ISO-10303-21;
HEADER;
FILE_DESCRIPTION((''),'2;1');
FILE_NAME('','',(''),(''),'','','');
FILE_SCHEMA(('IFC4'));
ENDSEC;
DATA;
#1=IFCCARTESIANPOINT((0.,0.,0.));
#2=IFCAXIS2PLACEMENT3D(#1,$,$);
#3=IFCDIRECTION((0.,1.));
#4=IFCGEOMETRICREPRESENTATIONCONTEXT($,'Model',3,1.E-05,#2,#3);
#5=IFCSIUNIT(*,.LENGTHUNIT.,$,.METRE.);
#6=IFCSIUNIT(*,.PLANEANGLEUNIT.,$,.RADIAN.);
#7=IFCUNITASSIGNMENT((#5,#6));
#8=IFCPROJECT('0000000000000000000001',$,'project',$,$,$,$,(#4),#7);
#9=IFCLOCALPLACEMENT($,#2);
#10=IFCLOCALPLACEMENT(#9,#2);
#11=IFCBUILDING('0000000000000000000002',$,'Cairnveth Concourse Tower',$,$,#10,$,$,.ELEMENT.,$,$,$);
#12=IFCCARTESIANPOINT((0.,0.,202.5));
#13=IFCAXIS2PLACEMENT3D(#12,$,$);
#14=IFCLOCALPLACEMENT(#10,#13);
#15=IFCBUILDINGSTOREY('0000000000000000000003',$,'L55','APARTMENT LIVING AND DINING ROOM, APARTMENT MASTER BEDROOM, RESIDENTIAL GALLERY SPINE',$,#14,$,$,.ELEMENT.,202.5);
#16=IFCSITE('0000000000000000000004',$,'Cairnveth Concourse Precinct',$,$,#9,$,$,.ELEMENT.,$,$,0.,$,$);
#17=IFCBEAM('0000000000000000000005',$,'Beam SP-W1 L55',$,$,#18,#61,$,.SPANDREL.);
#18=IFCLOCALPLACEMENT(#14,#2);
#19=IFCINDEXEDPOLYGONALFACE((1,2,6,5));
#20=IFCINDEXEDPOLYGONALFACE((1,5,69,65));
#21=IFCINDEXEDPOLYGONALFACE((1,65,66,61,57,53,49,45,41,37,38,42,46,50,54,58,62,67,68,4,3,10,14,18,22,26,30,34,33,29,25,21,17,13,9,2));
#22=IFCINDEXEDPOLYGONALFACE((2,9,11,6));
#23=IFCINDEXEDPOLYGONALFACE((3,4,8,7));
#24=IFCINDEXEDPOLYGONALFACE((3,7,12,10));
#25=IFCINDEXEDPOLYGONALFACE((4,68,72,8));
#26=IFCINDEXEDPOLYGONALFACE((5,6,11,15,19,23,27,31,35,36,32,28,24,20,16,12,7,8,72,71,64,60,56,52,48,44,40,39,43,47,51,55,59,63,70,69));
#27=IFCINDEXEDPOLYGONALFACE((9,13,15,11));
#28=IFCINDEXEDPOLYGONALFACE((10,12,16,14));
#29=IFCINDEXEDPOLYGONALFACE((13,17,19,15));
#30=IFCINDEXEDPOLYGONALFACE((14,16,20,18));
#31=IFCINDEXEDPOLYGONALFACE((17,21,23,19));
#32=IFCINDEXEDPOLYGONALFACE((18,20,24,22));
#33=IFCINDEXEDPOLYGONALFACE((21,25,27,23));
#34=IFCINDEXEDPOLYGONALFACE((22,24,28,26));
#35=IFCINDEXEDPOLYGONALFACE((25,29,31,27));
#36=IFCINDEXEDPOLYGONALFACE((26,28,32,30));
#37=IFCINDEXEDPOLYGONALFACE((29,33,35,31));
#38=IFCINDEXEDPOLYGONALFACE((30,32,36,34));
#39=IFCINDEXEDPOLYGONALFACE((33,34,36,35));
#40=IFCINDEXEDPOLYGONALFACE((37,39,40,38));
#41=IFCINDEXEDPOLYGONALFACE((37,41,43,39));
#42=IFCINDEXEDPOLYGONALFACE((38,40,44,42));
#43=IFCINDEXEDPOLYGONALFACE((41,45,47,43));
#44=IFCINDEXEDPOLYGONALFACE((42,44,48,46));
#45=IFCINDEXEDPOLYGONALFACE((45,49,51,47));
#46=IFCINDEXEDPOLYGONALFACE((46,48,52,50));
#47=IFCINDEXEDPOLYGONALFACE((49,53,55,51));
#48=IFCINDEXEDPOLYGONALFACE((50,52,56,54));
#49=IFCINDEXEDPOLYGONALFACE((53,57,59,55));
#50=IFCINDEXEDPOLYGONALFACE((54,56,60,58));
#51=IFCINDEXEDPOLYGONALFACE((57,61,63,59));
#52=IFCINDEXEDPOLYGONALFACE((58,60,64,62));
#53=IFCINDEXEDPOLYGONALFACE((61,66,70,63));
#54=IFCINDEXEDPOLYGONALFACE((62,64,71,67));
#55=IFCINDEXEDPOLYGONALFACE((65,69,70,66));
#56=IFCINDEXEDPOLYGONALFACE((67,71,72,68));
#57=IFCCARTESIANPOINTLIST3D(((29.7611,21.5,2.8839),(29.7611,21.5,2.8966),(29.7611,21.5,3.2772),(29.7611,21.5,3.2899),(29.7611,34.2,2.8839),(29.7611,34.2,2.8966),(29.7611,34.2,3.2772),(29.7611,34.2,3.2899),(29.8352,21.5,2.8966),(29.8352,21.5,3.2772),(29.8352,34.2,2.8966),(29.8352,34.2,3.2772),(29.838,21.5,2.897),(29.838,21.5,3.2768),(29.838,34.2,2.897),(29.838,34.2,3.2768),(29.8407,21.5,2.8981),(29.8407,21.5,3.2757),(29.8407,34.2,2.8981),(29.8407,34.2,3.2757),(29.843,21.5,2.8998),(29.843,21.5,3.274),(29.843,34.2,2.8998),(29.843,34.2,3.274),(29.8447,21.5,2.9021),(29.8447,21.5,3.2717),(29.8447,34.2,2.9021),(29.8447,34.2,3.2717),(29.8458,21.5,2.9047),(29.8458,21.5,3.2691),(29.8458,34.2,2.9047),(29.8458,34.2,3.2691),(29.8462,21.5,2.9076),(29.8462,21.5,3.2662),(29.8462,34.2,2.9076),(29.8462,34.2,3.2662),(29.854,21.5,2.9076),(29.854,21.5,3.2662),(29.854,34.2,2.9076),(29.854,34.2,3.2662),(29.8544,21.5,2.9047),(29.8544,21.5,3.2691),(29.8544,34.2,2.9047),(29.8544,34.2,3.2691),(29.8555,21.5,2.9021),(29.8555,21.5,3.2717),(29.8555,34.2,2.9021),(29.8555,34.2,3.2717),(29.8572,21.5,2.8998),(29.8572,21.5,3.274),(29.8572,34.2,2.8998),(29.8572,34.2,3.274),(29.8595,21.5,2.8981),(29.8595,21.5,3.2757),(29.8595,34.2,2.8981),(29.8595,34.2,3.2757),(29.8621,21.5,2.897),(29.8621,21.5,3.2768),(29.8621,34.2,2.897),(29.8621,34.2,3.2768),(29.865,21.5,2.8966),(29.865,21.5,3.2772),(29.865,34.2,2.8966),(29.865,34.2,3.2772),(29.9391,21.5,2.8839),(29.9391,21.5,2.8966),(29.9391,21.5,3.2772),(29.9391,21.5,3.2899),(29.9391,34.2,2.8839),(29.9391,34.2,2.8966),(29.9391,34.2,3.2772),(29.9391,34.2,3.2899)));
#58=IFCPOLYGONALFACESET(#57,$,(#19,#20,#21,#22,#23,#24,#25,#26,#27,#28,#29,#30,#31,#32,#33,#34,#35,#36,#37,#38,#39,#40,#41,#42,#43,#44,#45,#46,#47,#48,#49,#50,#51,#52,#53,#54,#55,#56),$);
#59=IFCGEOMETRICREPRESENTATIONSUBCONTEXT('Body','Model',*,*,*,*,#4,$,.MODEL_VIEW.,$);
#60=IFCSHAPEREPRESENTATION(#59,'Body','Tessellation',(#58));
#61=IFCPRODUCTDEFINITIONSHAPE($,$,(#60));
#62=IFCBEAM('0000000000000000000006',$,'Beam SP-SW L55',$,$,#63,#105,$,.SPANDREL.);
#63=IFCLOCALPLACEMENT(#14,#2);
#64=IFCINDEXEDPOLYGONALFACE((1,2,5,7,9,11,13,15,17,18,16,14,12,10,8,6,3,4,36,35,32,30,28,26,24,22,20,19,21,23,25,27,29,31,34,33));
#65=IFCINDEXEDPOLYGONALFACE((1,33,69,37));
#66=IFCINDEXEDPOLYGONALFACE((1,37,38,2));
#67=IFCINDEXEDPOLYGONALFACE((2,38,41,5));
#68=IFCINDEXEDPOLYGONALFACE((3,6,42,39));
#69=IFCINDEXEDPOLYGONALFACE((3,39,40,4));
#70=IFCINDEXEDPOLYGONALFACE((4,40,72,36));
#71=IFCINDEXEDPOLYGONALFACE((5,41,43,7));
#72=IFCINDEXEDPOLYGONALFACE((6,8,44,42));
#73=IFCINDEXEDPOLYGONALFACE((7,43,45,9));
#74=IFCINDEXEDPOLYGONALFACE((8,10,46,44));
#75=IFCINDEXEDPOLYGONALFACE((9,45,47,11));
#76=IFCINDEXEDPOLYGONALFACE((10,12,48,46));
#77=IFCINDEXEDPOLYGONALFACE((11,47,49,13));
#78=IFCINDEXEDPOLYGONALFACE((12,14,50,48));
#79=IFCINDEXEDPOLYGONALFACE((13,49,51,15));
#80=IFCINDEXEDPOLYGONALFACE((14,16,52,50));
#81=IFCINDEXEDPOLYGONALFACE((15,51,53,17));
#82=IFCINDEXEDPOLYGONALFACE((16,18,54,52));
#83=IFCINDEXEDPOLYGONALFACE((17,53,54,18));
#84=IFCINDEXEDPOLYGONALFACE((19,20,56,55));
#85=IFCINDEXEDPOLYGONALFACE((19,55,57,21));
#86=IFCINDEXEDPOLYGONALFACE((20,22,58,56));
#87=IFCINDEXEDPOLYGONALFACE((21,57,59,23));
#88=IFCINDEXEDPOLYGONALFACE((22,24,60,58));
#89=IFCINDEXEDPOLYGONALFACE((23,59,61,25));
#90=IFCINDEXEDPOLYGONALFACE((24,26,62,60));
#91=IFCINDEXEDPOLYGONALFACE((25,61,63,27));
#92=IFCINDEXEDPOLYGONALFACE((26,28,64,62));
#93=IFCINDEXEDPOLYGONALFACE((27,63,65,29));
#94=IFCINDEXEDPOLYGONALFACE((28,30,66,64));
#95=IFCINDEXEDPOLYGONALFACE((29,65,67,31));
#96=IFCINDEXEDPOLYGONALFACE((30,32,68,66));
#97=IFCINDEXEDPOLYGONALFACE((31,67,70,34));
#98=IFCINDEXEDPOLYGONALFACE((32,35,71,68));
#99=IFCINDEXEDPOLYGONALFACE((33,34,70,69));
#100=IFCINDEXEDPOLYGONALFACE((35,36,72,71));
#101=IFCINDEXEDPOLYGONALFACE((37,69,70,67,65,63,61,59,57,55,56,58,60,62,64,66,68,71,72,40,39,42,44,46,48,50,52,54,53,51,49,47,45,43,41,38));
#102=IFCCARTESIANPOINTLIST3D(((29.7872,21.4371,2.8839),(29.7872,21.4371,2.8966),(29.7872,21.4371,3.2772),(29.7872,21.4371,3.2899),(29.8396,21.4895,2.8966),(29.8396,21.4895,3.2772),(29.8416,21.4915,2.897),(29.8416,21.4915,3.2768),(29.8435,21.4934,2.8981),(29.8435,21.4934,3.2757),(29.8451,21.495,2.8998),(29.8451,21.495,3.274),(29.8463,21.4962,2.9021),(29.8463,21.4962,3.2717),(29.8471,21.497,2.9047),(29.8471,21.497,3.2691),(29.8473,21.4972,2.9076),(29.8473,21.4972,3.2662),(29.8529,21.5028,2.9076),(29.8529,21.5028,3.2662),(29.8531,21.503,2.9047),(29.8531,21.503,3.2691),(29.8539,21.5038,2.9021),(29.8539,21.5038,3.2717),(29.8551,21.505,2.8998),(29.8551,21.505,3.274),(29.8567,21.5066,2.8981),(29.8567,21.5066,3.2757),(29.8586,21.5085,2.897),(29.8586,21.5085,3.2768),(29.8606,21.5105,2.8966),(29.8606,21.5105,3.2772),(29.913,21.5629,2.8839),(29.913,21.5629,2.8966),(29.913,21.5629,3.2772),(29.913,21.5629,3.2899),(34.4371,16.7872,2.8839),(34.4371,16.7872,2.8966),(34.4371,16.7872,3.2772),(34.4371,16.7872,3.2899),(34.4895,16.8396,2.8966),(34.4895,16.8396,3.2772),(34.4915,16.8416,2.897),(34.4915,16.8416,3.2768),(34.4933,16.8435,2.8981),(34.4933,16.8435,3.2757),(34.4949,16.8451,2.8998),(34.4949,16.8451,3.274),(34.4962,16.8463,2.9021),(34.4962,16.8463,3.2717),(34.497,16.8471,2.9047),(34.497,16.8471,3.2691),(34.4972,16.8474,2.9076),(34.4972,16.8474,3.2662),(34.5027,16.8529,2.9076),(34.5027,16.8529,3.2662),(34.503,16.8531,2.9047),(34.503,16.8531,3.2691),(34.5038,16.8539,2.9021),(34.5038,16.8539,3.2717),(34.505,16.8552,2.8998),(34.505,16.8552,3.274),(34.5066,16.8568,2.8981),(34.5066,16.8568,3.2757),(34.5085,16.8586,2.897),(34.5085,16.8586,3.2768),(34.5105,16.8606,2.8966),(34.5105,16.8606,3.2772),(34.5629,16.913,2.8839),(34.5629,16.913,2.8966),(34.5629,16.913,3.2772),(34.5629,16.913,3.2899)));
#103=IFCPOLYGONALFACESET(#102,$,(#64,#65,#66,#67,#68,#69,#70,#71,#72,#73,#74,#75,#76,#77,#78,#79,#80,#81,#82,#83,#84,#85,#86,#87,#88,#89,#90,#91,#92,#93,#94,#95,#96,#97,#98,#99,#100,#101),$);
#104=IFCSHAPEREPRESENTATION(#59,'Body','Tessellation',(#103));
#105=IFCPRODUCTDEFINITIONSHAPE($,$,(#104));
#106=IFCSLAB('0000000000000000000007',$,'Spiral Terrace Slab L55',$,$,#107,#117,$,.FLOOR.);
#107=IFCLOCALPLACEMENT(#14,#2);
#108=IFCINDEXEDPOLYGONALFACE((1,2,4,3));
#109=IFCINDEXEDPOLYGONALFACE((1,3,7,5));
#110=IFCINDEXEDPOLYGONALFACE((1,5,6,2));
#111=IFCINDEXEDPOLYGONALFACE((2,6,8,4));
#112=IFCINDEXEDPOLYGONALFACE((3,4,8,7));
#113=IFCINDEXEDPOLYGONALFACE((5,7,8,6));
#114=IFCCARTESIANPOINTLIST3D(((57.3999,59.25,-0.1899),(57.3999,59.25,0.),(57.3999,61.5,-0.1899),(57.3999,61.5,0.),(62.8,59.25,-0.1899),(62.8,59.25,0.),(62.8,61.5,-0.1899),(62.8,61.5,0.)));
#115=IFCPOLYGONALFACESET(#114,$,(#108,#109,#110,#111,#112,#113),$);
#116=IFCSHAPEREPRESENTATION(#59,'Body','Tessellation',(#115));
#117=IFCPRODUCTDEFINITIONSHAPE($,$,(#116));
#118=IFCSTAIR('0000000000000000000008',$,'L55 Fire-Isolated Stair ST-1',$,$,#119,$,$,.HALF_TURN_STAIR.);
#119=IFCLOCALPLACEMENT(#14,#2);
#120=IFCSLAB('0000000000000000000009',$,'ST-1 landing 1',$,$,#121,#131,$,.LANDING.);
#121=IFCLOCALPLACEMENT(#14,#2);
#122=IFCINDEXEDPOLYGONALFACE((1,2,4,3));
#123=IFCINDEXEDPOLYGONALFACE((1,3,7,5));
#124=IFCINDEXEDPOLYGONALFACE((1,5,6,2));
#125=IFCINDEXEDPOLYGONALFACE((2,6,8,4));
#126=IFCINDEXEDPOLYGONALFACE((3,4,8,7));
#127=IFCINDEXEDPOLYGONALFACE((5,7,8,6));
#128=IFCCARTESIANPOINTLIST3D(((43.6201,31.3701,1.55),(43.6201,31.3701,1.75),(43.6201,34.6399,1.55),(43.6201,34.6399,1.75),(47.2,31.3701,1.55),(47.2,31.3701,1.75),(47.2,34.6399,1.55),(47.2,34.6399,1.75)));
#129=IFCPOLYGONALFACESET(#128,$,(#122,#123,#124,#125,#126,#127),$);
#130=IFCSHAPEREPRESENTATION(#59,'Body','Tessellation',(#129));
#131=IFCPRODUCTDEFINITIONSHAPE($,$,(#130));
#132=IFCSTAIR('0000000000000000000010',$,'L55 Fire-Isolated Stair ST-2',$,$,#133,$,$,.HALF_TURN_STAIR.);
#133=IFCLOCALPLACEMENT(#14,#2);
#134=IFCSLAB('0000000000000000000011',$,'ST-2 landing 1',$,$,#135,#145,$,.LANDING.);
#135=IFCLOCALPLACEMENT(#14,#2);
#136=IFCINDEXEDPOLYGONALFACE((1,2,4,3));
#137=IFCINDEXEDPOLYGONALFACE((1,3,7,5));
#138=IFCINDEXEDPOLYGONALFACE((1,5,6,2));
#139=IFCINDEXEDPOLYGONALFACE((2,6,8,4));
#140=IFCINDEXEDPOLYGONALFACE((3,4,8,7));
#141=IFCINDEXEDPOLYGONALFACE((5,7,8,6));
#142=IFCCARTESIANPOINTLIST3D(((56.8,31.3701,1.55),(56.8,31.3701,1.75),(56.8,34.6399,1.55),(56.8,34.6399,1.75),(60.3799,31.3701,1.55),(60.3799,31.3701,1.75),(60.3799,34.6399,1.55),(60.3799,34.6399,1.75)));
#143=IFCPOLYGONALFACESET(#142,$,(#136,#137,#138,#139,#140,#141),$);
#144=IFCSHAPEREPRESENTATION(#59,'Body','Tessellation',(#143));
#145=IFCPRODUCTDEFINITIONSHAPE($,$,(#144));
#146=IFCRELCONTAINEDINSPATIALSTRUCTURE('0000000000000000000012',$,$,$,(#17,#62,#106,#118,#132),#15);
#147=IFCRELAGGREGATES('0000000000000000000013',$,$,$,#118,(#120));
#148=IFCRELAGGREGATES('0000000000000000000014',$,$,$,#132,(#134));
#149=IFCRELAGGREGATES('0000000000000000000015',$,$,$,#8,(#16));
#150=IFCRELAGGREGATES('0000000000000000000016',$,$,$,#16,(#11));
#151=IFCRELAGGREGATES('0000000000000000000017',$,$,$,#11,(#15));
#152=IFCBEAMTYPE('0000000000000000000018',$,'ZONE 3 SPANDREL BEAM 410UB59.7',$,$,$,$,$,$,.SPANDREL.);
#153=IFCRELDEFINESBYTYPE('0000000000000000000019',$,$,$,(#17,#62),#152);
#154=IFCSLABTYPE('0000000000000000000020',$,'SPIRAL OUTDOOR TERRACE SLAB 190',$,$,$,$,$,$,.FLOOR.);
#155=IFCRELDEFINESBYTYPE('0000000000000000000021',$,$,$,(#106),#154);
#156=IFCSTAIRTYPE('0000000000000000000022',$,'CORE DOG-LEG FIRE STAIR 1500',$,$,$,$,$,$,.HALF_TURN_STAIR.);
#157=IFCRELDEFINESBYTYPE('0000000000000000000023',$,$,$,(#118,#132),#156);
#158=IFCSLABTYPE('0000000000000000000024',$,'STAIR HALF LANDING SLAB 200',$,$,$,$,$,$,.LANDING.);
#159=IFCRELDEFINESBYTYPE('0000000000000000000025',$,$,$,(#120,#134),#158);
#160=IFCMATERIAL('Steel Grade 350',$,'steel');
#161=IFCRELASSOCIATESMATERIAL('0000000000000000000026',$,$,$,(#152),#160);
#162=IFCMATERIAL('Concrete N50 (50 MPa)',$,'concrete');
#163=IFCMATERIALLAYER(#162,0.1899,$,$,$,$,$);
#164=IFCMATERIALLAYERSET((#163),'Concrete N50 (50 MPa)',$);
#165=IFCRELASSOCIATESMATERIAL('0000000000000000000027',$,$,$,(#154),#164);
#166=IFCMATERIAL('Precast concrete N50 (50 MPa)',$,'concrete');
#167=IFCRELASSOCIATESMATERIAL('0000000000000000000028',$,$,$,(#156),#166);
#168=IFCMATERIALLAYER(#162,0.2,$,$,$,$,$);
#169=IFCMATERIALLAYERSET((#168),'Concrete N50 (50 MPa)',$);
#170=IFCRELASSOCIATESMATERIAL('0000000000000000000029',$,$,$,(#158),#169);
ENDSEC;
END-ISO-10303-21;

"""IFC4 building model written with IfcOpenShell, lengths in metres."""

from ifc_helpers import new_model, si_unit, direction, frame, origin, origin_2d, place, context, subcontext, project, spatial, polyline, i_section, outline, extrude, material, layer, layer_set, material_profile, profile_set, type_object, element, aggregate, save


model = new_model("IFC4")

# Units and contexts
model_context = context("Model", 3, precision=1e-05, world=origin(), true_north=direction((0.0, 1.0)))
body_context = subcontext(model_context, "Body", "Model", "MODEL_VIEW")
ifc_project = project(units=[si_unit("LENGTHUNIT", "METRE"), si_unit("PLANEANGLEUNIT", "RADIAN")], contexts=[model_context])

# Site, building, storey
site_placement = place(None, origin())
site = spatial("IfcSite", under=ifc_project, at=site_placement, Name="Cairnveth Concourse Precinct", CompositionType="ELEMENT", RefElevation=0.0)
building_placement = place(site_placement, origin())
building = spatial("IfcBuilding", under=site, at=building_placement, Name="Cairnveth Concourse Tower", CompositionType="ELEMENT")
storey_placement = place(building_placement, frame((0.0, 0.0, 202.5)))
storey = spatial("IfcBuildingStorey", under=building, at=storey_placement, Name="L55", Description="APARTMENT LIVING AND DINING ROOM, APARTMENT MASTER BEDROOM, RESIDENTIAL GALLERY SPINE", CompositionType="ELEMENT", Elevation=202.5)

# Shared definitions
ifc_material_1 = material(Name="Steel Grade 350", Category="steel")

# Beams
ifc_material_profile_1 = material_profile(ifc_material_1, i_section(OverallWidth=0.178, OverallDepth=0.406, WebThickness=0.0078, FlangeThickness=0.0127, FilletRadius=0.011, at=origin_2d()), Name="410UB59.7")
ifc_profile_set_1 = profile_set([ifc_material_profile_1], Name="Steel Grade 350")
beam_type_1 = type_object("IfcBeamType", Name="ZONE 3 SPANDREL BEAM 410UB59.7", PredefinedType="SPANDREL", material=ifc_profile_set_1)
beam_1_placement = place(storey_placement, frame((29.8501, 21.5, 3.0869), z_axis=(0.0, 1.0, 0.0), x_axis=(-1.0, 0.0, 0.0)))
element("IfcBeam", 1, at=beam_1_placement, inside=storey, type_object=beam_type_1, Name="Beam SP-W1 L55", PredefinedType="SPANDREL", context=body_context, shape_type="SweptSolid", body=[
    extrude(i_section(OverallWidth=0.178, OverallDepth=0.406, WebThickness=0.0078, FlangeThickness=0.0127, FilletRadius=0.011, at=origin_2d()), origin(), (0.0, 0.0, 1.0), 12.7),
])
beam_2_placement = place(storey_placement, frame((29.8501, 21.5, 3.0869), z_axis=(0.707107, -0.707107, 0.0), x_axis=(0.707107, 0.707107, 0.0)))
element("IfcBeam", 2, at=beam_2_placement, inside=storey, type_object=beam_type_1, Name="Beam SP-SW L55", PredefinedType="SPANDREL", context=body_context, shape_type="SweptSolid", body=[
    extrude(i_section(OverallWidth=0.178, OverallDepth=0.406, WebThickness=0.0078, FlangeThickness=0.0127, FilletRadius=0.011, at=origin_2d()), origin(), (0.0, 0.0, 1.0), 6.5759),
])

# Slab
ifc_material_2 = material(Name="Concrete N50 (50 MPa)", Category="concrete")
ifc_layer_1 = layer(ifc_material_2, 0.1899)
ifc_layer_set_1 = layer_set([ifc_layer_1], Name="Concrete N50 (50 MPa)")
slab_type_1 = type_object("IfcSlabType", Name="SPIRAL OUTDOOR TERRACE SLAB 190", PredefinedType="FLOOR", material=ifc_layer_set_1)
slab_1_placement = place(storey_placement, frame((0.0, 0.0, -0.1899)))
element("IfcSlab", 3, at=slab_1_placement, inside=storey, type_object=slab_type_1, Name="Spiral Terrace Slab L55", PredefinedType="FLOOR", context=body_context, shape_type="SweptSolid", body=[
    extrude(outline(polyline([(57.3999, 59.25), (62.8, 59.25), (62.8, 61.5), (57.3999, 61.5), (57.3999, 59.25)])), origin(), (0.0, 0.0, 1.0), 0.1899),
])

# Stairs, slabs
ifc_material_3 = material(Name="Precast concrete N50 (50 MPa)", Category="concrete")
stair_type = type_object("IfcStairType", Name="CORE DOG-LEG FIRE STAIR 1500", PredefinedType="HALF_TURN_STAIR", material=ifc_material_3)
stair_1_placement = place(storey_placement, origin())
stair_1 = element("IfcStair", 4, at=stair_1_placement, inside=storey, type_object=stair_type, Name="L55 Fire-Isolated Stair ST-1", PredefinedType="HALF_TURN_STAIR")
ifc_layer_2 = layer(ifc_material_2, 0.2)
ifc_layer_set_2 = layer_set([ifc_layer_2], Name="Concrete N50 (50 MPa)")
slab_type_2 = type_object("IfcSlabType", Name="STAIR HALF LANDING SLAB 200", PredefinedType="LANDING", material=ifc_layer_set_2)
slab_2_placement = place(storey_placement, frame((0.0, 0.0, 1.55)))
slab_2 = element("IfcSlab", 5, at=slab_2_placement, type_object=slab_type_2, Name="ST-1 landing 1", PredefinedType="LANDING", context=body_context, shape_type="SweptSolid", body=[
    extrude(outline(polyline([(43.6201, 34.6399), (43.6201, 31.3701), (47.2, 31.3701), (47.2, 34.6399), (43.6201, 34.6399)])), origin(), (0.0, 0.0, 1.0), 0.2),
])
aggregate(stair_1, [slab_2])
stair_2_placement = place(storey_placement, origin())
stair_2 = element("IfcStair", 6, at=stair_2_placement, inside=storey, type_object=stair_type, Name="L55 Fire-Isolated Stair ST-2", PredefinedType="HALF_TURN_STAIR")
slab_3_placement = place(storey_placement, frame((0.0, 0.0, 1.55)))
slab_3 = element("IfcSlab", 7, at=slab_3_placement, type_object=slab_type_2, Name="ST-2 landing 1", PredefinedType="LANDING", context=body_context, shape_type="SweptSolid", body=[
    extrude(outline(polyline([(56.8, 34.6399), (56.8, 31.3701), (60.3799, 31.3701), (60.3799, 34.6399), (56.8, 34.6399)])), origin(), (0.0, 0.0, 1.0), 0.2),
])
aggregate(stair_2, [slab_3])

save(model, "model.ifc")
